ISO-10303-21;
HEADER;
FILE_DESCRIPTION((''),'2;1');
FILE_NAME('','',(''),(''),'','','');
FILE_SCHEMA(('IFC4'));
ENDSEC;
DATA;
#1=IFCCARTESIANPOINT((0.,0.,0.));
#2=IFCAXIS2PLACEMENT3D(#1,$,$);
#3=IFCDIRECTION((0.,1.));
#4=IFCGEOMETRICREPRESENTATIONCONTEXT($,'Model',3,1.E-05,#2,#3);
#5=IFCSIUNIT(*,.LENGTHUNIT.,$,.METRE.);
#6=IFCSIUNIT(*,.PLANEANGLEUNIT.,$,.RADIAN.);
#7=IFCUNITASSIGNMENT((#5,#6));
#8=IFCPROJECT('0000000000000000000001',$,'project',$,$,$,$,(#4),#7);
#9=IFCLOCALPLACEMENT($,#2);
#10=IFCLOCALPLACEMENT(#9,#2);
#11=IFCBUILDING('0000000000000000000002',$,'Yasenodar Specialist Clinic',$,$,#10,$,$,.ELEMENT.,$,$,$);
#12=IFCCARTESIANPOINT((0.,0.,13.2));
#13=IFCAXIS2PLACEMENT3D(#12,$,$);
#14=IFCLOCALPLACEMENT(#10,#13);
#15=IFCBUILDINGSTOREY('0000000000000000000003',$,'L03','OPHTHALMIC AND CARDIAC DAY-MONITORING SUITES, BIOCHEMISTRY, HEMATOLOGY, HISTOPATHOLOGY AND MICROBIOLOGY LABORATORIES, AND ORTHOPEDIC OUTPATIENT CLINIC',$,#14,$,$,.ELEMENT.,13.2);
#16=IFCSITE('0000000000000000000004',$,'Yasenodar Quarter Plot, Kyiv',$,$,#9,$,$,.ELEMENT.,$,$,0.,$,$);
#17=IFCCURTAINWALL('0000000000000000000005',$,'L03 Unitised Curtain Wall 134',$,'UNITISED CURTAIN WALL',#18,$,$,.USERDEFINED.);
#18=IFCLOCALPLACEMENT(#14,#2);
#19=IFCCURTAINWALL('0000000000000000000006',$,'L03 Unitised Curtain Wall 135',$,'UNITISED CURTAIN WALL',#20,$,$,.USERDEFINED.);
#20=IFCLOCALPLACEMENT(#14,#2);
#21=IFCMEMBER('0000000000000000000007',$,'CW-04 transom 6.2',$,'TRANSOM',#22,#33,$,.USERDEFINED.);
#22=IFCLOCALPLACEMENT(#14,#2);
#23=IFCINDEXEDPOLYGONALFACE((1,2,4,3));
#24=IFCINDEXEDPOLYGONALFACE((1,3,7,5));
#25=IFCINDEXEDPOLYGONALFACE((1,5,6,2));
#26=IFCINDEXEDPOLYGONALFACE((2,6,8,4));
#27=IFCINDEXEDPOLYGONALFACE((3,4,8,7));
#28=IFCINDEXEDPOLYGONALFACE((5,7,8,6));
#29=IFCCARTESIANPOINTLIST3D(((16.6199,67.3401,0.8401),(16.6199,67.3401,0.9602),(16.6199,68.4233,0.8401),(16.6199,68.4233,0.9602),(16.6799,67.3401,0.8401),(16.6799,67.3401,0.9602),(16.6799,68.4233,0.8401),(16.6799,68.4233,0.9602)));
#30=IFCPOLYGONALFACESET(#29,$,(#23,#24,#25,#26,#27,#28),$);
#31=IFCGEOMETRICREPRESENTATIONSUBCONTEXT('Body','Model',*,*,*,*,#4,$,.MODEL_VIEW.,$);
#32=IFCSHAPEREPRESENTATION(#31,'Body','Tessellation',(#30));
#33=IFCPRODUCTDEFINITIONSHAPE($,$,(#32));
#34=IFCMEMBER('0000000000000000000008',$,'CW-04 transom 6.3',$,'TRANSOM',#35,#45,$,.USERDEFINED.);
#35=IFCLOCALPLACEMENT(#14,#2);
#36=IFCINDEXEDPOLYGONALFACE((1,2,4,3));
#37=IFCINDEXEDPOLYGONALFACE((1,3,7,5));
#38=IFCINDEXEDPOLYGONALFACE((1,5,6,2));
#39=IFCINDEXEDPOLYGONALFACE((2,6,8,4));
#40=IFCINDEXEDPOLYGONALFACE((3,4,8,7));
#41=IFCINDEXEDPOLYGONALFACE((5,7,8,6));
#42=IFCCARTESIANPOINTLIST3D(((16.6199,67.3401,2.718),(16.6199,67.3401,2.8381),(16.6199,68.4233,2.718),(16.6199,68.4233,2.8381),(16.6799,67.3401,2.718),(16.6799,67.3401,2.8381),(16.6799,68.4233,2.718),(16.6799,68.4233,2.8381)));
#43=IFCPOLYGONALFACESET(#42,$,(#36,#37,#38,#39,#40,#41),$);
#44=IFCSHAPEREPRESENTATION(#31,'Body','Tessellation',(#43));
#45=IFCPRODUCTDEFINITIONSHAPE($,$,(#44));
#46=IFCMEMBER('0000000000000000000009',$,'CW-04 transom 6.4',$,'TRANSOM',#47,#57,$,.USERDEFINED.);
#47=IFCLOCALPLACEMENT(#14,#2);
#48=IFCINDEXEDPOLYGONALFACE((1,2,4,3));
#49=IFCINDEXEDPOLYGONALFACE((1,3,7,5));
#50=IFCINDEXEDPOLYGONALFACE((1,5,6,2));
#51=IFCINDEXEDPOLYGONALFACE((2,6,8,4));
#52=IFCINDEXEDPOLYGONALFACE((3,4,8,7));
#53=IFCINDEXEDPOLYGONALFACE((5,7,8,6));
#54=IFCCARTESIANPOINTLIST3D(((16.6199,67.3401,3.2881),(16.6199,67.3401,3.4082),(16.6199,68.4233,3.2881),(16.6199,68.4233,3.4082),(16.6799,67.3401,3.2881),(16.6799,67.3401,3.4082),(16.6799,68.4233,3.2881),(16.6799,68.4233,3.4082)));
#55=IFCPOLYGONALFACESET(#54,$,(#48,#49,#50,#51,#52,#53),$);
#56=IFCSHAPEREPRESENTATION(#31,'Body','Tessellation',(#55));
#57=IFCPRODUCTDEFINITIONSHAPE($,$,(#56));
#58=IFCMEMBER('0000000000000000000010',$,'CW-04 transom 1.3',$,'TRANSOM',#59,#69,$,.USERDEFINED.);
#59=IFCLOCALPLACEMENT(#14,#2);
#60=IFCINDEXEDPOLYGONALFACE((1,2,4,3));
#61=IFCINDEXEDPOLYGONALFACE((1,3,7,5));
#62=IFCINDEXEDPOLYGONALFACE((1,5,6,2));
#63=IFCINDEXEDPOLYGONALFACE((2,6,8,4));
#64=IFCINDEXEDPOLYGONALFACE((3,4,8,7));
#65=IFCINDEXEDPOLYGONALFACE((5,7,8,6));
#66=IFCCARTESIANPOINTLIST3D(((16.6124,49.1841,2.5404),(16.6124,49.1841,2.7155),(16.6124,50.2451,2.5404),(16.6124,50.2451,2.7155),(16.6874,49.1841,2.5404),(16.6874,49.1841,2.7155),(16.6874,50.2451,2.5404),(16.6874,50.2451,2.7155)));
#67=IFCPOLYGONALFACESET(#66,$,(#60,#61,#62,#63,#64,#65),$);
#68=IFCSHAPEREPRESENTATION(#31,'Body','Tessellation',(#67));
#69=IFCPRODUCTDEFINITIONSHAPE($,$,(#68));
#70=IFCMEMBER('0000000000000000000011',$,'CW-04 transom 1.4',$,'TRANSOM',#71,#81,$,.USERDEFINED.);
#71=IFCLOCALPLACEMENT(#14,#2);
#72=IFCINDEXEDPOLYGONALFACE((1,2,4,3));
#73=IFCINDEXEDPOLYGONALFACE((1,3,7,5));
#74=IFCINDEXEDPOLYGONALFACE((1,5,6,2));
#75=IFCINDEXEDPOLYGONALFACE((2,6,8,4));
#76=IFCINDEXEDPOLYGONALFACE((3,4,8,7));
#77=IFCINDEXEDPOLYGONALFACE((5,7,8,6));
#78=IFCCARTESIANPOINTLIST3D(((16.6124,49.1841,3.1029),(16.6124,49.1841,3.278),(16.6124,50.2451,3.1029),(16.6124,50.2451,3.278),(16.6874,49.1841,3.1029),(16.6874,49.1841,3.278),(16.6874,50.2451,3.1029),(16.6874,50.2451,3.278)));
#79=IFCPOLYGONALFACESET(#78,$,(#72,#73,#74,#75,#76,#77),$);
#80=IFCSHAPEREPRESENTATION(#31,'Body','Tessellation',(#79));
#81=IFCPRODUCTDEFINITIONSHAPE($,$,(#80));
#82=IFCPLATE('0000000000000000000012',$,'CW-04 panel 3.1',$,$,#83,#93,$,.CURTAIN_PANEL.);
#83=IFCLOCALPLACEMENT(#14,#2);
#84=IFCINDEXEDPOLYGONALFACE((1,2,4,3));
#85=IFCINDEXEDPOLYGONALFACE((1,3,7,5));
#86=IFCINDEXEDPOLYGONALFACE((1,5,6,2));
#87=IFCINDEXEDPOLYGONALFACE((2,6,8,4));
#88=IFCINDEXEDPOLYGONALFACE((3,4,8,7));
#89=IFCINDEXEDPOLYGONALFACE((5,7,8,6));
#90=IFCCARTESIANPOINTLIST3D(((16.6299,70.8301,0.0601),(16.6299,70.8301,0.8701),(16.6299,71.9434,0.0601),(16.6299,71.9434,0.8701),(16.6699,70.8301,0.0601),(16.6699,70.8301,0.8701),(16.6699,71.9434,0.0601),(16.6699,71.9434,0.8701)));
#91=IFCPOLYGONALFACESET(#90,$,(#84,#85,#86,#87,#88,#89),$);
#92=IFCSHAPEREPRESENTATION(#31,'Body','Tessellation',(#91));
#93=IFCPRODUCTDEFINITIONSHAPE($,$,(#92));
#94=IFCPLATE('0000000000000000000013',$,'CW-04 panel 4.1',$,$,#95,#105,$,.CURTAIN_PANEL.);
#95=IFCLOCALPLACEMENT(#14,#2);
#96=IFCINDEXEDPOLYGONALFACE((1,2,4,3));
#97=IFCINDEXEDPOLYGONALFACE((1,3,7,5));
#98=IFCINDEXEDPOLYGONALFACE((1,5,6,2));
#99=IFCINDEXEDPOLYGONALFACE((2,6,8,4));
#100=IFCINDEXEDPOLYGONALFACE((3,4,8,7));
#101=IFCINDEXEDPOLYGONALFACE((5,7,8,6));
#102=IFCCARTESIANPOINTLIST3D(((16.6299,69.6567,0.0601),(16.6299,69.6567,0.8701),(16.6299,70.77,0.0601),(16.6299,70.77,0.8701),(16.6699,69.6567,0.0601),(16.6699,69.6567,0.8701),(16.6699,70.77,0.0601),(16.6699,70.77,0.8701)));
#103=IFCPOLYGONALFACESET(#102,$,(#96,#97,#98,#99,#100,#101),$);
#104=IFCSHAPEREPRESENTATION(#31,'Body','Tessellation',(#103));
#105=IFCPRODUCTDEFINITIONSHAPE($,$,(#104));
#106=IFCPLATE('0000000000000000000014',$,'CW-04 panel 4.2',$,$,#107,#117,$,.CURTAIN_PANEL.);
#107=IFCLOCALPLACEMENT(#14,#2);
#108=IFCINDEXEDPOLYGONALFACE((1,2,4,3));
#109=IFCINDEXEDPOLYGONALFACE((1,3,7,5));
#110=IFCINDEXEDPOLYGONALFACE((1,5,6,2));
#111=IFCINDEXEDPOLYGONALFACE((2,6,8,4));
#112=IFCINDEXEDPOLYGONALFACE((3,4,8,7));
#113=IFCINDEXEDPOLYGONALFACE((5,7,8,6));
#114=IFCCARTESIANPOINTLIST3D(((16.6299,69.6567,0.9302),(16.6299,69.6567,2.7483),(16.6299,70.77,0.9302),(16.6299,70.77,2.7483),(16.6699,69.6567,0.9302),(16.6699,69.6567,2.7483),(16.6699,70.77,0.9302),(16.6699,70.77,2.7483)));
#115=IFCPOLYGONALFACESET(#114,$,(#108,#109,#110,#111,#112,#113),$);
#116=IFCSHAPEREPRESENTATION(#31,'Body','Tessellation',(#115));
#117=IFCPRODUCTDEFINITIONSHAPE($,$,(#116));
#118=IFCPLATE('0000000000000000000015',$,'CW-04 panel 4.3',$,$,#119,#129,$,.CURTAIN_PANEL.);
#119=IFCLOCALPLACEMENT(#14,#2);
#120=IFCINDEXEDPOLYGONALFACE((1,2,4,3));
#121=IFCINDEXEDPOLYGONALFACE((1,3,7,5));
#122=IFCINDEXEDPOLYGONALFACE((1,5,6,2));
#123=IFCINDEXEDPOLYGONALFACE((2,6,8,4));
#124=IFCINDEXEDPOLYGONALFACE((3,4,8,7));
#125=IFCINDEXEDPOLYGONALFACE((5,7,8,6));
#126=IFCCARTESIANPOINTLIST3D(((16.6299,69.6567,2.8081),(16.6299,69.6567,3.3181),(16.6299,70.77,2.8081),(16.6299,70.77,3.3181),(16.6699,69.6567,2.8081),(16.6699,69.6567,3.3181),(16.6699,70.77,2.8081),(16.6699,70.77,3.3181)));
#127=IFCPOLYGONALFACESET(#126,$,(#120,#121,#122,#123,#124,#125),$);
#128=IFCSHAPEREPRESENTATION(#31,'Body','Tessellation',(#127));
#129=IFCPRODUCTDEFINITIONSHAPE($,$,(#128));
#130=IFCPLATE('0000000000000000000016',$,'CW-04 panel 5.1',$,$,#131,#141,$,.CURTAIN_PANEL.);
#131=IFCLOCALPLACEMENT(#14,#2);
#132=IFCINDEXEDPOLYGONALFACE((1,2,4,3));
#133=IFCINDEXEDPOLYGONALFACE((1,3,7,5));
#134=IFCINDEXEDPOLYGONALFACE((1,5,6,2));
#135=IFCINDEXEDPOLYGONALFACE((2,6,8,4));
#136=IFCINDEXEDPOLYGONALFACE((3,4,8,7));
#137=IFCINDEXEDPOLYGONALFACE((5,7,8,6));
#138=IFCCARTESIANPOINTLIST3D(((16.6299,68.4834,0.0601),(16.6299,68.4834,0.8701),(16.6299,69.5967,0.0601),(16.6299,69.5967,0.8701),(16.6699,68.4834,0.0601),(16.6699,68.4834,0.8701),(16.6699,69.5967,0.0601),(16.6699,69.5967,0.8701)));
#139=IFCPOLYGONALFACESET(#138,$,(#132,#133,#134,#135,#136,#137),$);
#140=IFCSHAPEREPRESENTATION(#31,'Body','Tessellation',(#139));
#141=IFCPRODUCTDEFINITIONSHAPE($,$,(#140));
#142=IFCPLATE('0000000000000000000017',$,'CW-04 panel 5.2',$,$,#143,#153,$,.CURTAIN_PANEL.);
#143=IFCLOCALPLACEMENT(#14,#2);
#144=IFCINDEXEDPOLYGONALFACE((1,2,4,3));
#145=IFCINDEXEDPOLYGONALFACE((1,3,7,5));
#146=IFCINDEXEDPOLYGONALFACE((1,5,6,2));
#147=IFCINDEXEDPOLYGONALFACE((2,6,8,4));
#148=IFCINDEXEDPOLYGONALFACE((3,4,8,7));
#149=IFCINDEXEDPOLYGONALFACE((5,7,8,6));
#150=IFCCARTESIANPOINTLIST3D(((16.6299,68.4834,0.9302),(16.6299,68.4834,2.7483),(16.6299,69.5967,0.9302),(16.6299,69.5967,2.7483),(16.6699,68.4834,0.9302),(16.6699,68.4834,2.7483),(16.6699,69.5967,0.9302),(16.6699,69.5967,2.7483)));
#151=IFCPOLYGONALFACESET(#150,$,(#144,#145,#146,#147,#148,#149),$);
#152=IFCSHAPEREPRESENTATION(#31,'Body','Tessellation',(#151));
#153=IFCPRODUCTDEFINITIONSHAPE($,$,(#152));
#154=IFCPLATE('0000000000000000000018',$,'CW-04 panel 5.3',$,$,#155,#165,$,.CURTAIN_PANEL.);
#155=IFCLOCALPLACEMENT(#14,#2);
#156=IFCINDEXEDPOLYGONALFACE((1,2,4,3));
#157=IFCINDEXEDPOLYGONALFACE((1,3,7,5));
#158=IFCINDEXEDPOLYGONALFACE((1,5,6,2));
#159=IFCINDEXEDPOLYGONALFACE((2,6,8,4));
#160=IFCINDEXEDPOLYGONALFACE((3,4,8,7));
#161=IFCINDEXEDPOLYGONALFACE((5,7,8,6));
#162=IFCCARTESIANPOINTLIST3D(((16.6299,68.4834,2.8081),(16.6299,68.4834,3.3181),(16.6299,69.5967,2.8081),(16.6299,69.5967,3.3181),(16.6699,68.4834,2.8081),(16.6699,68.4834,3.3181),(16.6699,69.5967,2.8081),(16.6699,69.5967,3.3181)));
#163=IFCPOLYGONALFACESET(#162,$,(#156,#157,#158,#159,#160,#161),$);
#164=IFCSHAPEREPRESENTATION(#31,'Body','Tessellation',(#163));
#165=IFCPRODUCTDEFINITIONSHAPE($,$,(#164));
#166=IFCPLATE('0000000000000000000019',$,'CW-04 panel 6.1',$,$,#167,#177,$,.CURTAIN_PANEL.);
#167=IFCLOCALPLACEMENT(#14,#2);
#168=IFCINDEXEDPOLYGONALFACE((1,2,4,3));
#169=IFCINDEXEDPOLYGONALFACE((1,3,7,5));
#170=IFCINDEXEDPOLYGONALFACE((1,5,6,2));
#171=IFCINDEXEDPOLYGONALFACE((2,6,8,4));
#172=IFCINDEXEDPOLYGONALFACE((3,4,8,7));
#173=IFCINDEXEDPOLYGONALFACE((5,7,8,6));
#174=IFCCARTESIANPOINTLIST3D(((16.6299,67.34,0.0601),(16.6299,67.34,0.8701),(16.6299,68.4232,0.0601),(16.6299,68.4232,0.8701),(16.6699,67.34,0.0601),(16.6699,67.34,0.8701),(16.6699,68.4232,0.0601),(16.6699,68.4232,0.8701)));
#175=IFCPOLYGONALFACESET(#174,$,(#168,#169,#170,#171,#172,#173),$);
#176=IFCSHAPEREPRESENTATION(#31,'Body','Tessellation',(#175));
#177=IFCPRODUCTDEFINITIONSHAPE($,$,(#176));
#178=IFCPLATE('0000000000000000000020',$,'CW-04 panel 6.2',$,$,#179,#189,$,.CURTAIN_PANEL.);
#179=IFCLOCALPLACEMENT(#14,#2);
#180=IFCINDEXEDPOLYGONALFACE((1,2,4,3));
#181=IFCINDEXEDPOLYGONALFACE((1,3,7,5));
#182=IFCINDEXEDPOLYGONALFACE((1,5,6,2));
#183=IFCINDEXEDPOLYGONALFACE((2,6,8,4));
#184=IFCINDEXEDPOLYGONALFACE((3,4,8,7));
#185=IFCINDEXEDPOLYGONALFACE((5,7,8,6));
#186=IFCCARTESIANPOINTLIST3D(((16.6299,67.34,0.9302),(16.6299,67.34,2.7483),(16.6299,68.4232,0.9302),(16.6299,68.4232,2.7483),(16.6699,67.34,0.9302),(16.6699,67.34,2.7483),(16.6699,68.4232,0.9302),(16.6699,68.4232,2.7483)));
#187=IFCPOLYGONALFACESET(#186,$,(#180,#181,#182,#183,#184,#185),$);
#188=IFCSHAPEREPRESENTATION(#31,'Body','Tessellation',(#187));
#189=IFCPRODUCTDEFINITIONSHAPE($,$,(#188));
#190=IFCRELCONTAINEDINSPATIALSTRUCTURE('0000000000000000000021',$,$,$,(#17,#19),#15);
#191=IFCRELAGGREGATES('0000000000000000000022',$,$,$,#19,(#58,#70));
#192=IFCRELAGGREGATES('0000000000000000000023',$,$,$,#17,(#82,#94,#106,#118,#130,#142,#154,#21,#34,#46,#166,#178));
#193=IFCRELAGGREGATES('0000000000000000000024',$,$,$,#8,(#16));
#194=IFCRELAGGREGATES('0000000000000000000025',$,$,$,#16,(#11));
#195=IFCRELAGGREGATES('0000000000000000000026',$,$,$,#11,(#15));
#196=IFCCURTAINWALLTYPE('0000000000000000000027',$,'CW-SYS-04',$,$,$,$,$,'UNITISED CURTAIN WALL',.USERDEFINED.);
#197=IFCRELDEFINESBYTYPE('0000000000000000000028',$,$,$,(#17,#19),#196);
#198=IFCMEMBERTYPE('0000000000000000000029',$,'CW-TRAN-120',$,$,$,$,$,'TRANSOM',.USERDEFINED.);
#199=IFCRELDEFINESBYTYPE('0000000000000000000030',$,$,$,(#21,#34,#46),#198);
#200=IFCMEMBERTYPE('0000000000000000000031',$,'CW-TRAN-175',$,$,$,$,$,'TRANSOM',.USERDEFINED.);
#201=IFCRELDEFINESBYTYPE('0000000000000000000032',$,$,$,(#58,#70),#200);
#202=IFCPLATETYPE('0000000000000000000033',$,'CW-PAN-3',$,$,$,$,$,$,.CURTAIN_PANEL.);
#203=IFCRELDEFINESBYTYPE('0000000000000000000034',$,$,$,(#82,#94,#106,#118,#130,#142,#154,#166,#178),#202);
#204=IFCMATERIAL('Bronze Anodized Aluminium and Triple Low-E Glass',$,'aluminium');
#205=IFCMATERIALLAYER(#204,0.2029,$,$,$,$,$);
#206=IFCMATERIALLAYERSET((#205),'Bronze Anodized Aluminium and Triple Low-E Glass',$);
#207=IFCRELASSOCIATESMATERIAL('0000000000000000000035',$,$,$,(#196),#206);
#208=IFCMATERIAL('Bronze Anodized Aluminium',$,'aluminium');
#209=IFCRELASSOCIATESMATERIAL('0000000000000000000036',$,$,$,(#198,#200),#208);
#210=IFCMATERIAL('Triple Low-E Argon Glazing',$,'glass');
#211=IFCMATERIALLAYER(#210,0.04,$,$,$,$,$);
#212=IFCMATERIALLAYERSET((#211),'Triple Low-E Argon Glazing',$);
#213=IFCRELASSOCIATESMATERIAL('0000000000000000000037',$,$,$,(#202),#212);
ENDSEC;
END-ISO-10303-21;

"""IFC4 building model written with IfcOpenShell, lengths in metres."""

from ifc_helpers import new_model, si_unit, direction, frame, origin, origin_2d, place, context, subcontext, project, spatial, rectangle, extrude, material, layer, layer_set, material_profile, profile_set, type_object, element, aggregate, save


model = new_model("IFC4")

# Units and contexts
model_context = context("Model", 3, precision=1e-05, world=origin(), true_north=direction((0.0, 1.0)))
body_context = subcontext(model_context, "Body", "Model", "MODEL_VIEW")
ifc_project = project(units=[si_unit("LENGTHUNIT", "METRE"), si_unit("PLANEANGLEUNIT", "RADIAN")], contexts=[model_context])

# Site, building, storey
site_placement = place(None, origin())
site = spatial("IfcSite", under=ifc_project, at=site_placement, Name="Yasenodar Quarter Plot, Kyiv", CompositionType="ELEMENT", RefElevation=0.0)
building_placement = place(site_placement, origin())
building = spatial("IfcBuilding", under=site, at=building_placement, Name="Yasenodar Specialist Clinic", CompositionType="ELEMENT")
storey_placement = place(building_placement, frame((0.0, 0.0, 13.2)))
storey = spatial("IfcBuildingStorey", under=building, at=storey_placement, Name="L03", Description="OPHTHALMIC AND CARDIAC DAY-MONITORING SUITES, BIOCHEMISTRY, HEMATOLOGY, HISTOPATHOLOGY AND MICROBIOLOGY LABORATORIES, AND ORTHOPEDIC OUTPATIENT CLINIC", CompositionType="ELEMENT", Elevation=13.2)

# Curtain wall
ifc_material_1 = material(Name="Bronze Anodized Aluminium and Triple Low-E Glass", Category="aluminium")
ifc_layer_1 = layer(ifc_material_1, 0.2029)
ifc_layer_set_1 = layer_set([ifc_layer_1], Name="Bronze Anodized Aluminium and Triple Low-E Glass")
curtain_wall_type = type_object("IfcCurtainWallType", Name="CW-SYS-04", ElementType="UNITISED CURTAIN WALL", PredefinedType="USERDEFINED", material=ifc_layer_set_1)
curtain_wall_1_placement = place(storey_placement, origin())
curtain_wall_1 = element("IfcCurtainWall", 1, at=curtain_wall_1_placement, inside=storey, type_object=curtain_wall_type, Name="L03 Unitised Curtain Wall 134", ObjectType="UNITISED CURTAIN WALL", PredefinedType="USERDEFINED")
ifc_material_2 = material(Name="Bronze Anodized Aluminium", Category="aluminium")

# Curtain wall
curtain_wall_2_placement = place(storey_placement, origin())
curtain_wall_2 = element("IfcCurtainWall", 2, at=curtain_wall_2_placement, inside=storey, type_object=curtain_wall_type, Name="L03 Unitised Curtain Wall 135", ObjectType="UNITISED CURTAIN WALL", PredefinedType="USERDEFINED")

# Members
ifc_material_profile_1 = material_profile(ifc_material_2, rectangle(XDim=0.0601, YDim=0.1201, at=origin_2d()), Name="CW-TRAN 60x120")
ifc_profile_set_1 = profile_set([ifc_material_profile_1], Name="Bronze Anodized Aluminium")
member_type_1 = type_object("IfcMemberType", Name="CW-TRAN-120", ElementType="TRANSOM", PredefinedType="USERDEFINED", material=ifc_profile_set_1)
member_1_placement = place(storey_placement, frame((16.6499, 68.4233, 0.9001), z_axis=(0.0, -1.0, 0.0), x_axis=(1.0, 0.0, 0.0)))
member_1 = element("IfcMember", 3, at=member_1_placement, type_object=member_type_1, Name="CW-04 transom 6.2", ObjectType="TRANSOM", PredefinedType="USERDEFINED", context=body_context, shape_type="SweptSolid", body=[
    extrude(rectangle(XDim=0.0601, YDim=0.1201, at=origin_2d()), origin(), (0.0, 0.0, 1.0), 1.0833),
])
member_2_placement = place(storey_placement, frame((16.6499, 68.4233, 2.7781), z_axis=(0.0, -1.0, 0.0), x_axis=(1.0, 0.0, 0.0)))
member_2 = element("IfcMember", 4, at=member_2_placement, type_object=member_type_1, Name="CW-04 transom 6.3", ObjectType="TRANSOM", PredefinedType="USERDEFINED", context=body_context, shape_type="SweptSolid", body=[
    extrude(rectangle(XDim=0.0601, YDim=0.1201, at=origin_2d()), origin(), (0.0, 0.0, 1.0), 1.0833),
])
member_3_placement = place(storey_placement, frame((16.6499, 68.4233, 3.3481), z_axis=(0.0, -1.0, 0.0), x_axis=(1.0, 0.0, 0.0)))
member_3 = element("IfcMember", 5, at=member_3_placement, type_object=member_type_1, Name="CW-04 transom 6.4", ObjectType="TRANSOM", PredefinedType="USERDEFINED", context=body_context, shape_type="SweptSolid", body=[
    extrude(rectangle(XDim=0.0601, YDim=0.1201, at=origin_2d()), origin(), (0.0, 0.0, 1.0), 1.0833),
])
ifc_material_profile_2 = material_profile(ifc_material_2, rectangle(XDim=0.075, YDim=0.175, at=origin_2d()), Name="CW-TRAN 75x175")
ifc_profile_set_2 = profile_set([ifc_material_profile_2], Name="Bronze Anodized Aluminium")
member_type_2 = type_object("IfcMemberType", Name="CW-TRAN-175", ElementType="TRANSOM", PredefinedType="USERDEFINED", material=ifc_profile_set_2)
member_4_placement = place(storey_placement, frame((16.6499, 50.2451, 2.6279), z_axis=(0.0, -1.0, 0.0), x_axis=(1.0, 0.0, 0.0)))
member_4 = element("IfcMember", 6, at=member_4_placement, type_object=member_type_2, Name="CW-04 transom 1.3", ObjectType="TRANSOM", PredefinedType="USERDEFINED", context=body_context, shape_type="SweptSolid", body=[
    extrude(rectangle(XDim=0.075, YDim=0.175, at=origin_2d()), origin(), (0.0, 0.0, 1.0), 1.061),
])
member_5_placement = place(storey_placement, frame((16.6499, 50.2451, 3.1904), z_axis=(0.0, -1.0, 0.0), x_axis=(1.0, 0.0, 0.0)))
member_5 = element("IfcMember", 7, at=member_5_placement, type_object=member_type_2, Name="CW-04 transom 1.4", ObjectType="TRANSOM", PredefinedType="USERDEFINED", context=body_context, shape_type="SweptSolid", body=[
    extrude(rectangle(XDim=0.075, YDim=0.175, at=origin_2d()), origin(), (0.0, 0.0, 1.0), 1.061),
])
aggregate(curtain_wall_2, [member_4, member_5])

# Plates
ifc_material_3 = material(Name="Triple Low-E Argon Glazing", Category="glass")
ifc_layer_2 = layer(ifc_material_3, 0.04)
ifc_layer_set_2 = layer_set([ifc_layer_2], Name="Triple Low-E Argon Glazing")
plate_type = type_object("IfcPlateType", Name="CW-PAN-3", PredefinedType="CURTAIN_PANEL", material=ifc_layer_set_2)
plate_1_placement = place(storey_placement, frame((16.6499, 71.3867, 0.0601), z_axis=(0.0, 0.0, 1.0), x_axis=(0.0, -1.0, 0.0)))
plate_1 = element("IfcPlate", 8, at=plate_1_placement, type_object=plate_type, Name="CW-04 panel 3.1", PredefinedType="CURTAIN_PANEL", context=body_context, shape_type="SweptSolid", body=[
    extrude(rectangle(XDim=1.1133, YDim=0.04, at=origin_2d()), origin(), (0.0, 0.0, 1.0), 0.8101),
])
plate_2_placement = place(storey_placement, frame((16.6499, 70.2134, 0.0601), z_axis=(0.0, 0.0, 1.0), x_axis=(0.0, -1.0, 0.0)))
plate_2 = element("IfcPlate", 9, at=plate_2_placement, type_object=plate_type, Name="CW-04 panel 4.1", PredefinedType="CURTAIN_PANEL", context=body_context, shape_type="SweptSolid", body=[
    extrude(rectangle(XDim=1.1133, YDim=0.04, at=origin_2d()), origin(), (0.0, 0.0, 1.0), 0.8101),
])
plate_3_placement = place(storey_placement, frame((16.6499, 70.2134, 0.9302), z_axis=(0.0, 0.0, 1.0), x_axis=(0.0, -1.0, 0.0)))
plate_3 = element("IfcPlate", 10, at=plate_3_placement, type_object=plate_type, Name="CW-04 panel 4.2", PredefinedType="CURTAIN_PANEL", context=body_context, shape_type="SweptSolid", body=[
    extrude(rectangle(XDim=1.1133, YDim=0.04, at=origin_2d()), origin(), (0.0, 0.0, 1.0), 1.8181),
])
plate_4_placement = place(storey_placement, frame((16.6499, 70.2134, 2.8081), z_axis=(0.0, 0.0, 1.0), x_axis=(0.0, -1.0, 0.0)))
plate_4 = element("IfcPlate", 11, at=plate_4_placement, type_object=plate_type, Name="CW-04 panel 4.3", PredefinedType="CURTAIN_PANEL", context=body_context, shape_type="SweptSolid", body=[
    extrude(rectangle(XDim=1.1133, YDim=0.04, at=origin_2d()), origin(), (0.0, 0.0, 1.0), 0.51),
])
plate_5_placement = place(storey_placement, frame((16.6499, 69.04, 0.0601), z_axis=(0.0, 0.0, 1.0), x_axis=(0.0, -1.0, 0.0)))
plate_5 = element("IfcPlate", 12, at=plate_5_placement, type_object=plate_type, Name="CW-04 panel 5.1", PredefinedType="CURTAIN_PANEL", context=body_context, shape_type="SweptSolid", body=[
    extrude(rectangle(XDim=1.1133, YDim=0.04, at=origin_2d()), origin(), (0.0, 0.0, 1.0), 0.8101),
])
plate_6_placement = place(storey_placement, frame((16.6499, 69.04, 0.9302), z_axis=(0.0, 0.0, 1.0), x_axis=(0.0, -1.0, 0.0)))
plate_6 = element("IfcPlate", 13, at=plate_6_placement, type_object=plate_type, Name="CW-04 panel 5.2", PredefinedType="CURTAIN_PANEL", context=body_context, shape_type="SweptSolid", body=[
    extrude(rectangle(XDim=1.1133, YDim=0.04, at=origin_2d()), origin(), (0.0, 0.0, 1.0), 1.8181),
])
plate_7_placement = place(storey_placement, frame((16.6499, 69.04, 2.8081), z_axis=(0.0, 0.0, 1.0), x_axis=(0.0, -1.0, 0.0)))
plate_7 = element("IfcPlate", 14, at=plate_7_placement, type_object=plate_type, Name="CW-04 panel 5.3", PredefinedType="CURTAIN_PANEL", context=body_context, shape_type="SweptSolid", body=[
    extrude(rectangle(XDim=1.1133, YDim=0.04, at=origin_2d()), origin(), (0.0, 0.0, 1.0), 0.51),
])
plate_8_placement = place(storey_placement, frame((16.6499, 67.8816, 0.0601), z_axis=(0.0, 0.0, 1.0), x_axis=(0.0, -1.0, 0.0)))
plate_8 = element("IfcPlate", 15, at=plate_8_placement, type_object=plate_type, Name="CW-04 panel 6.1", PredefinedType="CURTAIN_PANEL", context=body_context, shape_type="SweptSolid", body=[
    extrude(rectangle(XDim=1.0833, YDim=0.04, at=origin_2d()), origin(), (0.0, 0.0, 1.0), 0.8101),
])
plate_9_placement = place(storey_placement, frame((16.6499, 67.8816, 0.9302), z_axis=(0.0, 0.0, 1.0), x_axis=(0.0, -1.0, 0.0)))
plate_9 = element("IfcPlate", 16, at=plate_9_placement, type_object=plate_type, Name="CW-04 panel 6.2", PredefinedType="CURTAIN_PANEL", context=body_context, shape_type="SweptSolid", body=[
    extrude(rectangle(XDim=1.0833, YDim=0.04, at=origin_2d()), origin(), (0.0, 0.0, 1.0), 1.8181),
])
aggregate(curtain_wall_1, [plate_1, plate_2, plate_3, plate_4, plate_5, plate_6, plate_7, member_1, member_2, member_3, plate_8, plate_9])

save(model, "model.ifc")
